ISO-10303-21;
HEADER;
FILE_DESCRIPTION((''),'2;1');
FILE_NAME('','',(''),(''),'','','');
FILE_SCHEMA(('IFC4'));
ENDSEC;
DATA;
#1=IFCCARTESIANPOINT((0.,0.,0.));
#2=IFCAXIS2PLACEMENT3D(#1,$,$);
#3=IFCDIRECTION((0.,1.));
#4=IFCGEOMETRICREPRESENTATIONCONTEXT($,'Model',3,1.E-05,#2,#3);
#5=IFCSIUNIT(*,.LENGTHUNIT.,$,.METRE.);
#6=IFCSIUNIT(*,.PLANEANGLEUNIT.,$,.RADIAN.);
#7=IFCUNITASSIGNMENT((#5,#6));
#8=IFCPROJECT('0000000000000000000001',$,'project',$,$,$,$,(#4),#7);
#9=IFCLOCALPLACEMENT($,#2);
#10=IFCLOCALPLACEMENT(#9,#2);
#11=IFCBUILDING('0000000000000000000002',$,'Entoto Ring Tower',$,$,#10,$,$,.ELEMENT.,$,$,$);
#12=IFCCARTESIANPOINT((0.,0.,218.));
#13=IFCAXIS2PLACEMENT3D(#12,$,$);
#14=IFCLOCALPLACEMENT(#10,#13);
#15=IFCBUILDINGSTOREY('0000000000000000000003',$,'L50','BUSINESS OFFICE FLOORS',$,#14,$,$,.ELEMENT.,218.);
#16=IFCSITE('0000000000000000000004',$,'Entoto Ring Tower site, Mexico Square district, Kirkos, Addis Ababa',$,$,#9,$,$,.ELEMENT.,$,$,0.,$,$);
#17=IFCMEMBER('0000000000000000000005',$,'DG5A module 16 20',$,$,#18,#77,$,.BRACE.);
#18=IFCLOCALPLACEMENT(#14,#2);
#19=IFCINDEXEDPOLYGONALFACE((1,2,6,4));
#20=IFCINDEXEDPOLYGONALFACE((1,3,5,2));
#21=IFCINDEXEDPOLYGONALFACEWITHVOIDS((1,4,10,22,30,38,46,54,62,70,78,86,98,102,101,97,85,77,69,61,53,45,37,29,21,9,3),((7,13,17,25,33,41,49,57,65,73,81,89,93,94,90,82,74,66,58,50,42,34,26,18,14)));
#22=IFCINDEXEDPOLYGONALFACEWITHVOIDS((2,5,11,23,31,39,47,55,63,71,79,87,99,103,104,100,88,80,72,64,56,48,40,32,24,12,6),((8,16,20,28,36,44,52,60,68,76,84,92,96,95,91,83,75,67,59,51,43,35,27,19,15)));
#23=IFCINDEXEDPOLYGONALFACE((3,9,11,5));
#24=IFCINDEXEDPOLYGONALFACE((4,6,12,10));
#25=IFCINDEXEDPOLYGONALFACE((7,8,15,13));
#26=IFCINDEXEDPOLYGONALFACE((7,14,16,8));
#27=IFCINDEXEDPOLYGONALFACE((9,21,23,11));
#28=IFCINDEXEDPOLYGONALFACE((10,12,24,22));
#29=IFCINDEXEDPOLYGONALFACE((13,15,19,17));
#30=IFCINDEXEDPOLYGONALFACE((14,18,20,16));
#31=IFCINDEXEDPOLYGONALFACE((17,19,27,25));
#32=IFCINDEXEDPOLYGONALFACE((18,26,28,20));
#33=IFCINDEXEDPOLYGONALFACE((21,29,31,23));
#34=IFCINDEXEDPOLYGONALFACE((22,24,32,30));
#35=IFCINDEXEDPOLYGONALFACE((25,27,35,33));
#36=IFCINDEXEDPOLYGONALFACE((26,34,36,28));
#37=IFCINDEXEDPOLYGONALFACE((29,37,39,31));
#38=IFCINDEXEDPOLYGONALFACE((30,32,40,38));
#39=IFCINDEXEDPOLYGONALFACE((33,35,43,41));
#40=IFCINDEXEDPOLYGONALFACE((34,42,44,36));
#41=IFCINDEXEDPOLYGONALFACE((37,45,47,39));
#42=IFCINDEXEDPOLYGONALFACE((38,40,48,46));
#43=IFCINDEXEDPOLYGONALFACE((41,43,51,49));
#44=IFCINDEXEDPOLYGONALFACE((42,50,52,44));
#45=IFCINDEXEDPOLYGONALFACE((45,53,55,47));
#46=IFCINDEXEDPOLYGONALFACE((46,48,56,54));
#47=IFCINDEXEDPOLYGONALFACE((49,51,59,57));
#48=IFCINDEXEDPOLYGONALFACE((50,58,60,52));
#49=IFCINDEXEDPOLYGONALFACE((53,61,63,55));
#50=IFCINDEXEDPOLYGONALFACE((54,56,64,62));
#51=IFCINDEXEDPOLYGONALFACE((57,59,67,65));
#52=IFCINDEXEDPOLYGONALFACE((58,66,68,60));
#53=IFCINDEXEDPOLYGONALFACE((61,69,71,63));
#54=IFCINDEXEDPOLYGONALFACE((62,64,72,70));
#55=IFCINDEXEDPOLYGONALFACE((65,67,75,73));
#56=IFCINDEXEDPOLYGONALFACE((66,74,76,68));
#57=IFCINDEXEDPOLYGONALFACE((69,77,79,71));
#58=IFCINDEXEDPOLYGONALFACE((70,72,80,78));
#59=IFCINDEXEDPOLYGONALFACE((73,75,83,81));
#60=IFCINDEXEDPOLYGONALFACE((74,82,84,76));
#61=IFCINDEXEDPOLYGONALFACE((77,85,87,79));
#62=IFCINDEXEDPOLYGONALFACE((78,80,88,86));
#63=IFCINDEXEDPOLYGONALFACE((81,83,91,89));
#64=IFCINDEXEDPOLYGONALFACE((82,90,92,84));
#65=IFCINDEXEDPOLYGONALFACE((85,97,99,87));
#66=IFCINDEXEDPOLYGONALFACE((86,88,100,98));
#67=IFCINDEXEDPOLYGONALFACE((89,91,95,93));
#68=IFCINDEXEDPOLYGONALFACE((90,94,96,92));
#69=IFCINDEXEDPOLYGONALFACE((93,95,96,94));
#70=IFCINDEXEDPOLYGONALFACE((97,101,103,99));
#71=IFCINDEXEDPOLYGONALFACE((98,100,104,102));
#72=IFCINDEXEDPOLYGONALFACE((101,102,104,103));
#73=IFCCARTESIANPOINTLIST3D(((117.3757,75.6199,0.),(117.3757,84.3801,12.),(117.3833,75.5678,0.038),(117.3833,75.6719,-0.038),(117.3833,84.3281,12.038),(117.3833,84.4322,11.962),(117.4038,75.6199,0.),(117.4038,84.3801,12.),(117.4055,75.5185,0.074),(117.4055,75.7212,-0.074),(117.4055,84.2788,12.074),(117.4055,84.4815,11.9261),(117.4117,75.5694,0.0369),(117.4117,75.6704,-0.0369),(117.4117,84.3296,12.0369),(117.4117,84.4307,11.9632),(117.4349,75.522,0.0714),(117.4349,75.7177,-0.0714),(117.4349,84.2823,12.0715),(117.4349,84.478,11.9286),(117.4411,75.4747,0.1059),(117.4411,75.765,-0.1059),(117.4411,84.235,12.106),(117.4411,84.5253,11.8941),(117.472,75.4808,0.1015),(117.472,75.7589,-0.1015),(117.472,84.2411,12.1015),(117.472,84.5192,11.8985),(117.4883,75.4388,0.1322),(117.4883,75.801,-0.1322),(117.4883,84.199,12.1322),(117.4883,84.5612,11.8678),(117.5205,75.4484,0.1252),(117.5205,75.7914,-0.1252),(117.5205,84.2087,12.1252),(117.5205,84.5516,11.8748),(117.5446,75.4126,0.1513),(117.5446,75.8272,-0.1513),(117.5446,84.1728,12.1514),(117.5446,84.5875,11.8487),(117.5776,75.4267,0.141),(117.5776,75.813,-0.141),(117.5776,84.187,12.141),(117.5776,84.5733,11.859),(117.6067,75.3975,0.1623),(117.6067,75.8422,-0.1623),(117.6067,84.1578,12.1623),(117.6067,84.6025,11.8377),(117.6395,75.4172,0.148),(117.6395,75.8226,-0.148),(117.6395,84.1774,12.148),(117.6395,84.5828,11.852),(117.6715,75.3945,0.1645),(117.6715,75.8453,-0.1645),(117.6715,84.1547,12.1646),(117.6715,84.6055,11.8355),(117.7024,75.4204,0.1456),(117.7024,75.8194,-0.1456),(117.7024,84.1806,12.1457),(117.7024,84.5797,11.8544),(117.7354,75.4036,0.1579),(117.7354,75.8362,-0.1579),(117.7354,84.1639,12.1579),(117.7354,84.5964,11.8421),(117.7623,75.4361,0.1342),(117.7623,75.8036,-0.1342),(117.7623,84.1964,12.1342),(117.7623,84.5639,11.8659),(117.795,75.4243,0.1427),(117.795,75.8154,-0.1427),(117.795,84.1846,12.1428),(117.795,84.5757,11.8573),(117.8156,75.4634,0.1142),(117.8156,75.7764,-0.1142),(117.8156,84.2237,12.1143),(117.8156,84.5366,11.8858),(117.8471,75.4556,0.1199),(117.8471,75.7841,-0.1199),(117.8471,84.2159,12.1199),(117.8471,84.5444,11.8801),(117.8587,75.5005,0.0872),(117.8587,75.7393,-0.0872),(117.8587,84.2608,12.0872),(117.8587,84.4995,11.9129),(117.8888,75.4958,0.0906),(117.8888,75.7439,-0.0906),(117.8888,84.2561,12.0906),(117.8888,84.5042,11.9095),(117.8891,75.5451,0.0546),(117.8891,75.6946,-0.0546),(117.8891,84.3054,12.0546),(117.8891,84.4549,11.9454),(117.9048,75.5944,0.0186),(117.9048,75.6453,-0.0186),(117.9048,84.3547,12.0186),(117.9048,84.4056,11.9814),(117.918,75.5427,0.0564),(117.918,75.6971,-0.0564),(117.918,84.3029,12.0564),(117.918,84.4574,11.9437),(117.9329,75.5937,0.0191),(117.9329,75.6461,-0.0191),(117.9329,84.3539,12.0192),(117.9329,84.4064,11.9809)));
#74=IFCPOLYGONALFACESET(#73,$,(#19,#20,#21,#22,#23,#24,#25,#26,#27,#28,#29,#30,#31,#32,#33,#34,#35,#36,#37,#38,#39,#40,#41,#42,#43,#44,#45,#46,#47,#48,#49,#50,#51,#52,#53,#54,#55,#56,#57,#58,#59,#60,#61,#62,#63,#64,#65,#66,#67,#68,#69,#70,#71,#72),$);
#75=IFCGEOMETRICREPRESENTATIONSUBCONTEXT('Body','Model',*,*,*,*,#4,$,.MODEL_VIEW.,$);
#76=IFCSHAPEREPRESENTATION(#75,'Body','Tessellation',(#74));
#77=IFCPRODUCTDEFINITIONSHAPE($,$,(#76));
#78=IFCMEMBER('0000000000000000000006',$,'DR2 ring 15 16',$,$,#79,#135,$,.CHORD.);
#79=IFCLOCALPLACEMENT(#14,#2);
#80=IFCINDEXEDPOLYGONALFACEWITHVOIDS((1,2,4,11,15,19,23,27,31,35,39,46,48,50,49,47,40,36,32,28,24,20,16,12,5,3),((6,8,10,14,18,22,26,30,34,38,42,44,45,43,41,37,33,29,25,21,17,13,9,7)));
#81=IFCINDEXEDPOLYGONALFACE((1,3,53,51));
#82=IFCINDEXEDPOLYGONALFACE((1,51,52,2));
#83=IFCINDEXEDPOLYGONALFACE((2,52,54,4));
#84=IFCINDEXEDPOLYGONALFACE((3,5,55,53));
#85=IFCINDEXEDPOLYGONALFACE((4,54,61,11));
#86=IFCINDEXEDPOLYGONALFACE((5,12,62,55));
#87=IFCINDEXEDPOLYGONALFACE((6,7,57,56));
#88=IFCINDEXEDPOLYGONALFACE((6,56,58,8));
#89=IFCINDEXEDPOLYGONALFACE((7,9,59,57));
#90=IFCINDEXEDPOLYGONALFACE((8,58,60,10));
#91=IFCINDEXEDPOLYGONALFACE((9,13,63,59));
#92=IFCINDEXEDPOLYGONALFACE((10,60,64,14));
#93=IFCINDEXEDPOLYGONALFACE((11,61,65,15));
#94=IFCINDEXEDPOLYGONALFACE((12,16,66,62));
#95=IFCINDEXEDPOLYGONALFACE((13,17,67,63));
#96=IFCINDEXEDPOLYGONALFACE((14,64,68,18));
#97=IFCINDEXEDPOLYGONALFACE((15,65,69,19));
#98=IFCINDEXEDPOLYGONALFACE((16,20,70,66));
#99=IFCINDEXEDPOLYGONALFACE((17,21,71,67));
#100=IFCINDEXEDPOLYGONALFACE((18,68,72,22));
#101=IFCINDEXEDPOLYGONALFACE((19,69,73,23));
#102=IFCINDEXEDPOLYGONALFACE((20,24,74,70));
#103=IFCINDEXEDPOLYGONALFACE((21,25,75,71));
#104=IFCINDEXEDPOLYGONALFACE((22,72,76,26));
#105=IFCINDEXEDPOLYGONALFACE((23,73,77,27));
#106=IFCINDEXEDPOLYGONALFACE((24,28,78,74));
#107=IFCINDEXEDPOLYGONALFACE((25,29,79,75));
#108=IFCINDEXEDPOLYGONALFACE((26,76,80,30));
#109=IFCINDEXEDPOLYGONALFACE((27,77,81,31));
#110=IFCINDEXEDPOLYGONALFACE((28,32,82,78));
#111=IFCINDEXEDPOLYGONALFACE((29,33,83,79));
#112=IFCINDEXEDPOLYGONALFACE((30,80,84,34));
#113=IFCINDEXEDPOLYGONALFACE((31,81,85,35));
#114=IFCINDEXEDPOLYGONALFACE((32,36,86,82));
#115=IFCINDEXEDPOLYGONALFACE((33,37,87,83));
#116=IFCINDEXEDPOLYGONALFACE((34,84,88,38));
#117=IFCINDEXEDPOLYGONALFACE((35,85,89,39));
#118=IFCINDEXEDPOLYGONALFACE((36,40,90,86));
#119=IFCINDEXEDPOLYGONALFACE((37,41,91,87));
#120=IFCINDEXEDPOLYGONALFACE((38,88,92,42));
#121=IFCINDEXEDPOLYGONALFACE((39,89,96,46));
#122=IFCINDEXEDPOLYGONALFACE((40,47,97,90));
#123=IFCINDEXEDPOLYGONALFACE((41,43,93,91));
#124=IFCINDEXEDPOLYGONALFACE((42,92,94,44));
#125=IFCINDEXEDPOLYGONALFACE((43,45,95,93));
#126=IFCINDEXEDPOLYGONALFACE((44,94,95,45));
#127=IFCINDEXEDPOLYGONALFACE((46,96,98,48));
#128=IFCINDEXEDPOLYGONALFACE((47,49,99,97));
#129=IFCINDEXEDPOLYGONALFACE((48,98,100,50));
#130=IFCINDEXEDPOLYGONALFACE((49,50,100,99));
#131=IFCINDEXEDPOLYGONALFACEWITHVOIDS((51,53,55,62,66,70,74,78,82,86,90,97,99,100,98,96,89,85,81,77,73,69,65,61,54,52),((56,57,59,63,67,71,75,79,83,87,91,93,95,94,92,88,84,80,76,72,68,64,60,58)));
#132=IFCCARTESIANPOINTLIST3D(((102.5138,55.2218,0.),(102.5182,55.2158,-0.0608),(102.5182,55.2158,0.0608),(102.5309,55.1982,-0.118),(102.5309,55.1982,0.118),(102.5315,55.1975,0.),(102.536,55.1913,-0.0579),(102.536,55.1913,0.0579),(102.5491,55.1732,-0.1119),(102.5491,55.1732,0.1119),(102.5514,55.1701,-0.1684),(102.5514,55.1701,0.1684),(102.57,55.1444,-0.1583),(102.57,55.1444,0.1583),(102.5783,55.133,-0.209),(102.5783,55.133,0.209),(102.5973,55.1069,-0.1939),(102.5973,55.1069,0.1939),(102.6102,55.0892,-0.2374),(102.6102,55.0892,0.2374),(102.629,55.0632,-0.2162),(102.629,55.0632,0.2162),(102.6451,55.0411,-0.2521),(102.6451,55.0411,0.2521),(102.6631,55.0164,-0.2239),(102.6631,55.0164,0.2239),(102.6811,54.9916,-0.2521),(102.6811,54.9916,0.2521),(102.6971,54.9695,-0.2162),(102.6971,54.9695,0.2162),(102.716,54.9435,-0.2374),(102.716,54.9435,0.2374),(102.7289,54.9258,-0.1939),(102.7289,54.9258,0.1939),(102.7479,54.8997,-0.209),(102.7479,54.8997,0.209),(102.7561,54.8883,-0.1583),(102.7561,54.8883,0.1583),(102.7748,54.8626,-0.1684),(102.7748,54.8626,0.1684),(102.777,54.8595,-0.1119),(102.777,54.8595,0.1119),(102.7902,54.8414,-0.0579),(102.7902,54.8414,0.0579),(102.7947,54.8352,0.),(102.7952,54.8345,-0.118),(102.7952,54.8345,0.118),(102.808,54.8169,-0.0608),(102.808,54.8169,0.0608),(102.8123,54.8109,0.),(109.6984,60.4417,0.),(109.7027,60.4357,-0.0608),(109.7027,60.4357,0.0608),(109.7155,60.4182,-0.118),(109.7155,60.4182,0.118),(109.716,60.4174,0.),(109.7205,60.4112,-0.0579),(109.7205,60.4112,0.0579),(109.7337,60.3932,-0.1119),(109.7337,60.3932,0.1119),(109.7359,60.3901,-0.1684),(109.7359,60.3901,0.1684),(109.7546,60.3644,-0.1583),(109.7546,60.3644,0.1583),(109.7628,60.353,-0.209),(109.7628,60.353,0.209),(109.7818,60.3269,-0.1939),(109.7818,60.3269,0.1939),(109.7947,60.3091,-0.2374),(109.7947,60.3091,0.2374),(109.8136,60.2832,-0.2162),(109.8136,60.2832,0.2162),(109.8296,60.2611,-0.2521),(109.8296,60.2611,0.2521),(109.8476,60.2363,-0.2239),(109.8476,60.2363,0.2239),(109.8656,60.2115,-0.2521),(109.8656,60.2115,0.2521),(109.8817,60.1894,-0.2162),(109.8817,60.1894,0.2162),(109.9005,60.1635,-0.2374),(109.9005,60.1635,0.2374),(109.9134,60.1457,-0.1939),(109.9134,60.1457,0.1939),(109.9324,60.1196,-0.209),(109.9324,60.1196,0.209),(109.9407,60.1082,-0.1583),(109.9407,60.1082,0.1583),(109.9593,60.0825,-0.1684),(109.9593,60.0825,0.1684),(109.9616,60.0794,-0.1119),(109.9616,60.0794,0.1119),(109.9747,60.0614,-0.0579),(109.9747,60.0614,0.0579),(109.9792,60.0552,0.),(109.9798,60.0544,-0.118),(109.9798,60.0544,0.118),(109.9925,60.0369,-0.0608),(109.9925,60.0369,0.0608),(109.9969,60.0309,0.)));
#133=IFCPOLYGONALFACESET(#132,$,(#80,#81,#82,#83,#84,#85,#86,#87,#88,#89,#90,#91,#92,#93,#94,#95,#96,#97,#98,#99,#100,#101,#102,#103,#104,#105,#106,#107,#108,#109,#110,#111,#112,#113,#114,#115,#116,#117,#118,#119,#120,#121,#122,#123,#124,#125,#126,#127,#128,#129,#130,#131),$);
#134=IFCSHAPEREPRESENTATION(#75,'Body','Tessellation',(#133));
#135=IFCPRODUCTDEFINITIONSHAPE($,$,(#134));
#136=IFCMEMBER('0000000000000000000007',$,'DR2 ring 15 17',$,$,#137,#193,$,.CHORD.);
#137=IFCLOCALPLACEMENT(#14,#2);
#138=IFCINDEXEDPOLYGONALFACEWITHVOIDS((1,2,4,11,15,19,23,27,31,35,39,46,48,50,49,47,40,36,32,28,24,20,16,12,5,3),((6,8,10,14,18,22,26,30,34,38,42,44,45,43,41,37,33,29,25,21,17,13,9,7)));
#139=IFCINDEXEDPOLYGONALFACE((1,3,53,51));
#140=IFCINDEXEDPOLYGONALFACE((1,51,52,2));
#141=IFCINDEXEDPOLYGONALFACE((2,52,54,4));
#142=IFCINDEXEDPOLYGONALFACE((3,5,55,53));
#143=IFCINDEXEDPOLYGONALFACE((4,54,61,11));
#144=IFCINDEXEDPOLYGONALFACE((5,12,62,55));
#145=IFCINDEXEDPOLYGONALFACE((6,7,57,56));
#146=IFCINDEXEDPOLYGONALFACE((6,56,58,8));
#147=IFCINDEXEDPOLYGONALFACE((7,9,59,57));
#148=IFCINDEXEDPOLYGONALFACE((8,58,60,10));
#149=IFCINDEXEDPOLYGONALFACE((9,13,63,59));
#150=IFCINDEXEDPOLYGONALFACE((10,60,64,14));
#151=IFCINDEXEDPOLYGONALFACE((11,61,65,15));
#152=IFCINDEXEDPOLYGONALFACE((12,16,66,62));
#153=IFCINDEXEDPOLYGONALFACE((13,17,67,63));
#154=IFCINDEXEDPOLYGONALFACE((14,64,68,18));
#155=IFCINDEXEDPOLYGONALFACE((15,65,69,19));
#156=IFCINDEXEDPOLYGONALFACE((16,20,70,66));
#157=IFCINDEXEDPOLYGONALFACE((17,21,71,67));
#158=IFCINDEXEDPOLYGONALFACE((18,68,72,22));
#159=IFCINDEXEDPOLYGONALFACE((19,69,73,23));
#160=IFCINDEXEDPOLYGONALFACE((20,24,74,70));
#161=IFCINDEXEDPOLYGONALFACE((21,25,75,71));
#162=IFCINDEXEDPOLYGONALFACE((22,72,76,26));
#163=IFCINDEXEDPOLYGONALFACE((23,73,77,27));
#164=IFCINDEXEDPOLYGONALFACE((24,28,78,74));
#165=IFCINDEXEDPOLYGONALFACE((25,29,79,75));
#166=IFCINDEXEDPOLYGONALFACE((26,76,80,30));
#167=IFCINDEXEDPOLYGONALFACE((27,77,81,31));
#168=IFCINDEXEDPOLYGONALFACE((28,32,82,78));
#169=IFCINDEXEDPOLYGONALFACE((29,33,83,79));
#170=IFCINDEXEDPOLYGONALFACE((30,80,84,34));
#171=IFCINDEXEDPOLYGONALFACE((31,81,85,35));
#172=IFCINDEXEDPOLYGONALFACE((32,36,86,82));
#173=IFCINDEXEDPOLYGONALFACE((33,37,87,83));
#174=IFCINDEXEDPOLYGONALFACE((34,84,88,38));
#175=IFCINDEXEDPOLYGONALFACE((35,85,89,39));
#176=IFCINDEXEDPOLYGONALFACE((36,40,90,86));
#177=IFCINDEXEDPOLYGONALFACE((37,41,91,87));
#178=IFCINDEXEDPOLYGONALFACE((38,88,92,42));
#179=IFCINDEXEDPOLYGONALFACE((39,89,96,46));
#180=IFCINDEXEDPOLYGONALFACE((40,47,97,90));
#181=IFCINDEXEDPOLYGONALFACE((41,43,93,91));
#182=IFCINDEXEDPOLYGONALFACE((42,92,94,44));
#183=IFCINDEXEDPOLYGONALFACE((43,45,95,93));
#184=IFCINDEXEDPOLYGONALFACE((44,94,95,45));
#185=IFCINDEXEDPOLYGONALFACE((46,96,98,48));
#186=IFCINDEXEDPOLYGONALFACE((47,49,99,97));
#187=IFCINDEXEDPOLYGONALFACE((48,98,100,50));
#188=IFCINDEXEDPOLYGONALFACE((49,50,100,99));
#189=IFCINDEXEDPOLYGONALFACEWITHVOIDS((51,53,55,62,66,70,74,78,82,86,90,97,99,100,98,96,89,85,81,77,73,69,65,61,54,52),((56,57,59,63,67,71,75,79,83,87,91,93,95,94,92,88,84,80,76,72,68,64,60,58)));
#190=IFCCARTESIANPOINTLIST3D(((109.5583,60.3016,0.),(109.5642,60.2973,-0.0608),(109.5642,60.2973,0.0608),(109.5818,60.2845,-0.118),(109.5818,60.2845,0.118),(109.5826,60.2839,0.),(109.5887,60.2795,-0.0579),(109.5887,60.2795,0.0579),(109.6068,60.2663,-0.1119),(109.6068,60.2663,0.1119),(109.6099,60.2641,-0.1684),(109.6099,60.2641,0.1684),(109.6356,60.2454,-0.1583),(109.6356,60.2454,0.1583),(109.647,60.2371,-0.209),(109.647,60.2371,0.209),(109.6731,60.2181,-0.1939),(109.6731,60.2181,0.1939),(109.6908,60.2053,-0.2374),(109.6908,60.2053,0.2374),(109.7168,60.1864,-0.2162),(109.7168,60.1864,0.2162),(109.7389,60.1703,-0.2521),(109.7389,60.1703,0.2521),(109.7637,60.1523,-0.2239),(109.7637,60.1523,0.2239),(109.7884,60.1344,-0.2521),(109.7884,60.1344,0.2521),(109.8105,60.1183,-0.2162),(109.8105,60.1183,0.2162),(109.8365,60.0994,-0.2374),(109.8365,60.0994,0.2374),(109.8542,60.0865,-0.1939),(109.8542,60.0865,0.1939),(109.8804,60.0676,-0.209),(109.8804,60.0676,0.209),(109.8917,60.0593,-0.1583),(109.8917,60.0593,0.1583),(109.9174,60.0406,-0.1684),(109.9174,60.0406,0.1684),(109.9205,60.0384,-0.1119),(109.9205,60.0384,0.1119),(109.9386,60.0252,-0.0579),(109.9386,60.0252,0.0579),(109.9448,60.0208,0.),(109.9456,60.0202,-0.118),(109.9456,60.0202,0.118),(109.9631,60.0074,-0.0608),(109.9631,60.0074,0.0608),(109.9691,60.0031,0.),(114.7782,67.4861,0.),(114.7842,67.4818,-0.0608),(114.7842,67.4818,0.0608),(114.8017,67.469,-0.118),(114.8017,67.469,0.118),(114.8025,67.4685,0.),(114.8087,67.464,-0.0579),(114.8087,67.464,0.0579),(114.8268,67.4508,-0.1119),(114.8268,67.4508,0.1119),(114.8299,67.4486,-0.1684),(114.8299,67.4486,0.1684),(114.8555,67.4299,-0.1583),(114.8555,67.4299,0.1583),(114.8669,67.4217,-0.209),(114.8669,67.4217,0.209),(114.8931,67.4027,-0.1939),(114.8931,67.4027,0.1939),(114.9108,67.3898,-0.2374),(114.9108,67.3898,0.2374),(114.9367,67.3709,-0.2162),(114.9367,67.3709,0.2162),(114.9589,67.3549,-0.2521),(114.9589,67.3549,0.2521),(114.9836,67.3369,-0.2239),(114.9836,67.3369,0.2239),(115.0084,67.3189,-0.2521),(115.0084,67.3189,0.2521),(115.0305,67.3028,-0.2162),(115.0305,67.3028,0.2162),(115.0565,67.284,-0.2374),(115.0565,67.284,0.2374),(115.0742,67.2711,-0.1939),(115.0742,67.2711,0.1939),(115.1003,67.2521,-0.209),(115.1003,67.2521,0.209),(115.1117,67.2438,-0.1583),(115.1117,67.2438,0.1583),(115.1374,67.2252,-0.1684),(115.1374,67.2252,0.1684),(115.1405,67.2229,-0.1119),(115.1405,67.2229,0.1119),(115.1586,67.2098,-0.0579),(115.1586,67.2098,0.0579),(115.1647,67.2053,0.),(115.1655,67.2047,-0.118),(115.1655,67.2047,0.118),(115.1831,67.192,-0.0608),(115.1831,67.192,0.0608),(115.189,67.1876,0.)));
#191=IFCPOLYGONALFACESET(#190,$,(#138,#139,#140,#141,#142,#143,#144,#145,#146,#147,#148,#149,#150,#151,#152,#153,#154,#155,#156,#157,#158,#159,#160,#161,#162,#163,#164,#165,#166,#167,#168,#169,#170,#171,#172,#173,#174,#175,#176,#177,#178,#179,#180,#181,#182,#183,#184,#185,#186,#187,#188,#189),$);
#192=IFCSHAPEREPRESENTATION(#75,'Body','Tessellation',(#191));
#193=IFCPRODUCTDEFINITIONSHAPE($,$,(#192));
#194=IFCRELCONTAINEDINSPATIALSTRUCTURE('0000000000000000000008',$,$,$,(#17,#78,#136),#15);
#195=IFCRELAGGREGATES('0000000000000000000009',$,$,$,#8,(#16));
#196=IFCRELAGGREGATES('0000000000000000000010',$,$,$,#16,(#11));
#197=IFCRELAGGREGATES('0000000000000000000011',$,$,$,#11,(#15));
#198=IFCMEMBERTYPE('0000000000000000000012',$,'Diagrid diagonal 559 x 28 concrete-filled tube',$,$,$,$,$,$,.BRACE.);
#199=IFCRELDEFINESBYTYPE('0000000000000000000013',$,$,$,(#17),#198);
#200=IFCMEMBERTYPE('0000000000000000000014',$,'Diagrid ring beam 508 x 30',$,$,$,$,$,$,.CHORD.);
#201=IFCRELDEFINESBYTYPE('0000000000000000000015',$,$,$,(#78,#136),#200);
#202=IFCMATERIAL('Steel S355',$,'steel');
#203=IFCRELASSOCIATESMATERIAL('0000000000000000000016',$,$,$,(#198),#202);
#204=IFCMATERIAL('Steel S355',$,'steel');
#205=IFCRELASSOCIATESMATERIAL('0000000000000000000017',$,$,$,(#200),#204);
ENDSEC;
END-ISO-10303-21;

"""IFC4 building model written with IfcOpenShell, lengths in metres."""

from ifc_helpers import new_model, si_unit, direction, frame, origin, origin_2d, place, context, subcontext, project, spatial, circle, hollow_circle, extrude, material, material_profile, profile_set, type_object, element, save


model = new_model("IFC4")

# Units and contexts
model_context = context("Model", 3, precision=1e-05, world=origin(), true_north=direction((0.0, 1.0)))
body_context = subcontext(model_context, "Body", "Model", "MODEL_VIEW")
ifc_project = project(units=[si_unit("LENGTHUNIT", "METRE"), si_unit("PLANEANGLEUNIT", "RADIAN")], contexts=[model_context])

# Site, building, storey
site_placement = place(None, origin())
site = spatial("IfcSite", under=ifc_project, at=site_placement, Name="Entoto Ring Tower site, Mexico Square district, Kirkos, Addis Ababa", CompositionType="ELEMENT", RefElevation=0.0)
building_placement = place(site_placement, origin())
building = spatial("IfcBuilding", under=site, at=building_placement, Name="Entoto Ring Tower", CompositionType="ELEMENT")
storey_placement = place(building_placement, frame((0.0, 0.0, 218.0)))
storey = spatial("IfcBuildingStorey", under=building, at=storey_placement, Name="L50", Description="BUSINESS OFFICE FLOORS", CompositionType="ELEMENT", Elevation=218.0)

# Members
ifc_material_1 = material(Name="Steel S355", Category="steel")
ifc_material_profile_1 = material_profile(ifc_material_1, hollow_circle(Radius=0.2795, WallThickness=0.0281, at=origin_2d()), Name="CHS 559 x 28")
ifc_material_2 = material(Name="Concrete C60/75", Category="concrete")
ifc_material_profile_2 = material_profile(ifc_material_2, circle(Radius=0.2515, at=origin_2d()), Name="Concrete C60/75 infill")
ifc_profile_set_1 = profile_set([ifc_material_profile_1, ifc_material_profile_2], Name="Steel S355")
member_type_1 = type_object("IfcMemberType", Name="Diagrid diagonal 559 x 28 concrete-filled tube", PredefinedType="BRACE", material=ifc_profile_set_1)
for number, where, z_axis, x_axis, name in (
    (1, (117.6553, 75.6199, 0.0), (0.0, 0.589623, 0.807679), (-1.0, 0.0, 0.0), "DG5A module 16 20"),
):
    element("IfcMember", number, at=place(storey_placement, frame(where, z_axis=z_axis, x_axis=x_axis)), inside=storey, type_object=member_type_1, Name=name, PredefinedType="BRACE", context=body_context, shape_type="SweptSolid", body=[
        extrude(hollow_circle(Radius=0.2795, WallThickness=0.0281, at=origin_2d()), origin(), (0.0, 0.0, 1.0), 14.8574),
    ])
ifc_material_3 = material(Name="Steel S355", Category="steel")
ifc_material_profile_3 = material_profile(ifc_material_3, hollow_circle(Radius=0.2539, WallThickness=0.03, at=origin_2d()), Name="CHS 508 x 30")
ifc_material_4 = material(Name="Concrete C60/75", Category="concrete")
ifc_material_profile_4 = material_profile(ifc_material_4, circle(Radius=0.2241, at=origin_2d()), Name="Concrete C60/75 infill")
ifc_profile_set_2 = profile_set([ifc_material_profile_3, ifc_material_profile_4], Name="Steel S355")
member_type_2 = type_object("IfcMemberType", Name="Diagrid ring beam 508 x 30", PredefinedType="CHORD", material=ifc_profile_set_2)
for number, where, z_axis, x_axis, name in (
    (2, (102.6631, 55.0164, 0.0), (0.809013, 0.587791, 0.0), (-0.587791, 0.809013, 0.0), "DR2 ring 15 16"),
    (3, (109.7637, 60.1523, 0.0), (0.587791, 0.809013, 0.0), (-0.809013, 0.587791, 0.0), "DR2 ring 15 17"),
):
    element("IfcMember", number, at=place(storey_placement, frame(where, z_axis=z_axis, x_axis=x_axis)), inside=storey, type_object=member_type_2, Name=name, PredefinedType="CHORD", context=body_context, shape_type="SweptSolid", body=[
        extrude(hollow_circle(Radius=0.2539, WallThickness=0.03, at=origin_2d()), origin(), (0.0, 0.0, 1.0), 8.8806),
    ])

save(model, "model.ifc")
